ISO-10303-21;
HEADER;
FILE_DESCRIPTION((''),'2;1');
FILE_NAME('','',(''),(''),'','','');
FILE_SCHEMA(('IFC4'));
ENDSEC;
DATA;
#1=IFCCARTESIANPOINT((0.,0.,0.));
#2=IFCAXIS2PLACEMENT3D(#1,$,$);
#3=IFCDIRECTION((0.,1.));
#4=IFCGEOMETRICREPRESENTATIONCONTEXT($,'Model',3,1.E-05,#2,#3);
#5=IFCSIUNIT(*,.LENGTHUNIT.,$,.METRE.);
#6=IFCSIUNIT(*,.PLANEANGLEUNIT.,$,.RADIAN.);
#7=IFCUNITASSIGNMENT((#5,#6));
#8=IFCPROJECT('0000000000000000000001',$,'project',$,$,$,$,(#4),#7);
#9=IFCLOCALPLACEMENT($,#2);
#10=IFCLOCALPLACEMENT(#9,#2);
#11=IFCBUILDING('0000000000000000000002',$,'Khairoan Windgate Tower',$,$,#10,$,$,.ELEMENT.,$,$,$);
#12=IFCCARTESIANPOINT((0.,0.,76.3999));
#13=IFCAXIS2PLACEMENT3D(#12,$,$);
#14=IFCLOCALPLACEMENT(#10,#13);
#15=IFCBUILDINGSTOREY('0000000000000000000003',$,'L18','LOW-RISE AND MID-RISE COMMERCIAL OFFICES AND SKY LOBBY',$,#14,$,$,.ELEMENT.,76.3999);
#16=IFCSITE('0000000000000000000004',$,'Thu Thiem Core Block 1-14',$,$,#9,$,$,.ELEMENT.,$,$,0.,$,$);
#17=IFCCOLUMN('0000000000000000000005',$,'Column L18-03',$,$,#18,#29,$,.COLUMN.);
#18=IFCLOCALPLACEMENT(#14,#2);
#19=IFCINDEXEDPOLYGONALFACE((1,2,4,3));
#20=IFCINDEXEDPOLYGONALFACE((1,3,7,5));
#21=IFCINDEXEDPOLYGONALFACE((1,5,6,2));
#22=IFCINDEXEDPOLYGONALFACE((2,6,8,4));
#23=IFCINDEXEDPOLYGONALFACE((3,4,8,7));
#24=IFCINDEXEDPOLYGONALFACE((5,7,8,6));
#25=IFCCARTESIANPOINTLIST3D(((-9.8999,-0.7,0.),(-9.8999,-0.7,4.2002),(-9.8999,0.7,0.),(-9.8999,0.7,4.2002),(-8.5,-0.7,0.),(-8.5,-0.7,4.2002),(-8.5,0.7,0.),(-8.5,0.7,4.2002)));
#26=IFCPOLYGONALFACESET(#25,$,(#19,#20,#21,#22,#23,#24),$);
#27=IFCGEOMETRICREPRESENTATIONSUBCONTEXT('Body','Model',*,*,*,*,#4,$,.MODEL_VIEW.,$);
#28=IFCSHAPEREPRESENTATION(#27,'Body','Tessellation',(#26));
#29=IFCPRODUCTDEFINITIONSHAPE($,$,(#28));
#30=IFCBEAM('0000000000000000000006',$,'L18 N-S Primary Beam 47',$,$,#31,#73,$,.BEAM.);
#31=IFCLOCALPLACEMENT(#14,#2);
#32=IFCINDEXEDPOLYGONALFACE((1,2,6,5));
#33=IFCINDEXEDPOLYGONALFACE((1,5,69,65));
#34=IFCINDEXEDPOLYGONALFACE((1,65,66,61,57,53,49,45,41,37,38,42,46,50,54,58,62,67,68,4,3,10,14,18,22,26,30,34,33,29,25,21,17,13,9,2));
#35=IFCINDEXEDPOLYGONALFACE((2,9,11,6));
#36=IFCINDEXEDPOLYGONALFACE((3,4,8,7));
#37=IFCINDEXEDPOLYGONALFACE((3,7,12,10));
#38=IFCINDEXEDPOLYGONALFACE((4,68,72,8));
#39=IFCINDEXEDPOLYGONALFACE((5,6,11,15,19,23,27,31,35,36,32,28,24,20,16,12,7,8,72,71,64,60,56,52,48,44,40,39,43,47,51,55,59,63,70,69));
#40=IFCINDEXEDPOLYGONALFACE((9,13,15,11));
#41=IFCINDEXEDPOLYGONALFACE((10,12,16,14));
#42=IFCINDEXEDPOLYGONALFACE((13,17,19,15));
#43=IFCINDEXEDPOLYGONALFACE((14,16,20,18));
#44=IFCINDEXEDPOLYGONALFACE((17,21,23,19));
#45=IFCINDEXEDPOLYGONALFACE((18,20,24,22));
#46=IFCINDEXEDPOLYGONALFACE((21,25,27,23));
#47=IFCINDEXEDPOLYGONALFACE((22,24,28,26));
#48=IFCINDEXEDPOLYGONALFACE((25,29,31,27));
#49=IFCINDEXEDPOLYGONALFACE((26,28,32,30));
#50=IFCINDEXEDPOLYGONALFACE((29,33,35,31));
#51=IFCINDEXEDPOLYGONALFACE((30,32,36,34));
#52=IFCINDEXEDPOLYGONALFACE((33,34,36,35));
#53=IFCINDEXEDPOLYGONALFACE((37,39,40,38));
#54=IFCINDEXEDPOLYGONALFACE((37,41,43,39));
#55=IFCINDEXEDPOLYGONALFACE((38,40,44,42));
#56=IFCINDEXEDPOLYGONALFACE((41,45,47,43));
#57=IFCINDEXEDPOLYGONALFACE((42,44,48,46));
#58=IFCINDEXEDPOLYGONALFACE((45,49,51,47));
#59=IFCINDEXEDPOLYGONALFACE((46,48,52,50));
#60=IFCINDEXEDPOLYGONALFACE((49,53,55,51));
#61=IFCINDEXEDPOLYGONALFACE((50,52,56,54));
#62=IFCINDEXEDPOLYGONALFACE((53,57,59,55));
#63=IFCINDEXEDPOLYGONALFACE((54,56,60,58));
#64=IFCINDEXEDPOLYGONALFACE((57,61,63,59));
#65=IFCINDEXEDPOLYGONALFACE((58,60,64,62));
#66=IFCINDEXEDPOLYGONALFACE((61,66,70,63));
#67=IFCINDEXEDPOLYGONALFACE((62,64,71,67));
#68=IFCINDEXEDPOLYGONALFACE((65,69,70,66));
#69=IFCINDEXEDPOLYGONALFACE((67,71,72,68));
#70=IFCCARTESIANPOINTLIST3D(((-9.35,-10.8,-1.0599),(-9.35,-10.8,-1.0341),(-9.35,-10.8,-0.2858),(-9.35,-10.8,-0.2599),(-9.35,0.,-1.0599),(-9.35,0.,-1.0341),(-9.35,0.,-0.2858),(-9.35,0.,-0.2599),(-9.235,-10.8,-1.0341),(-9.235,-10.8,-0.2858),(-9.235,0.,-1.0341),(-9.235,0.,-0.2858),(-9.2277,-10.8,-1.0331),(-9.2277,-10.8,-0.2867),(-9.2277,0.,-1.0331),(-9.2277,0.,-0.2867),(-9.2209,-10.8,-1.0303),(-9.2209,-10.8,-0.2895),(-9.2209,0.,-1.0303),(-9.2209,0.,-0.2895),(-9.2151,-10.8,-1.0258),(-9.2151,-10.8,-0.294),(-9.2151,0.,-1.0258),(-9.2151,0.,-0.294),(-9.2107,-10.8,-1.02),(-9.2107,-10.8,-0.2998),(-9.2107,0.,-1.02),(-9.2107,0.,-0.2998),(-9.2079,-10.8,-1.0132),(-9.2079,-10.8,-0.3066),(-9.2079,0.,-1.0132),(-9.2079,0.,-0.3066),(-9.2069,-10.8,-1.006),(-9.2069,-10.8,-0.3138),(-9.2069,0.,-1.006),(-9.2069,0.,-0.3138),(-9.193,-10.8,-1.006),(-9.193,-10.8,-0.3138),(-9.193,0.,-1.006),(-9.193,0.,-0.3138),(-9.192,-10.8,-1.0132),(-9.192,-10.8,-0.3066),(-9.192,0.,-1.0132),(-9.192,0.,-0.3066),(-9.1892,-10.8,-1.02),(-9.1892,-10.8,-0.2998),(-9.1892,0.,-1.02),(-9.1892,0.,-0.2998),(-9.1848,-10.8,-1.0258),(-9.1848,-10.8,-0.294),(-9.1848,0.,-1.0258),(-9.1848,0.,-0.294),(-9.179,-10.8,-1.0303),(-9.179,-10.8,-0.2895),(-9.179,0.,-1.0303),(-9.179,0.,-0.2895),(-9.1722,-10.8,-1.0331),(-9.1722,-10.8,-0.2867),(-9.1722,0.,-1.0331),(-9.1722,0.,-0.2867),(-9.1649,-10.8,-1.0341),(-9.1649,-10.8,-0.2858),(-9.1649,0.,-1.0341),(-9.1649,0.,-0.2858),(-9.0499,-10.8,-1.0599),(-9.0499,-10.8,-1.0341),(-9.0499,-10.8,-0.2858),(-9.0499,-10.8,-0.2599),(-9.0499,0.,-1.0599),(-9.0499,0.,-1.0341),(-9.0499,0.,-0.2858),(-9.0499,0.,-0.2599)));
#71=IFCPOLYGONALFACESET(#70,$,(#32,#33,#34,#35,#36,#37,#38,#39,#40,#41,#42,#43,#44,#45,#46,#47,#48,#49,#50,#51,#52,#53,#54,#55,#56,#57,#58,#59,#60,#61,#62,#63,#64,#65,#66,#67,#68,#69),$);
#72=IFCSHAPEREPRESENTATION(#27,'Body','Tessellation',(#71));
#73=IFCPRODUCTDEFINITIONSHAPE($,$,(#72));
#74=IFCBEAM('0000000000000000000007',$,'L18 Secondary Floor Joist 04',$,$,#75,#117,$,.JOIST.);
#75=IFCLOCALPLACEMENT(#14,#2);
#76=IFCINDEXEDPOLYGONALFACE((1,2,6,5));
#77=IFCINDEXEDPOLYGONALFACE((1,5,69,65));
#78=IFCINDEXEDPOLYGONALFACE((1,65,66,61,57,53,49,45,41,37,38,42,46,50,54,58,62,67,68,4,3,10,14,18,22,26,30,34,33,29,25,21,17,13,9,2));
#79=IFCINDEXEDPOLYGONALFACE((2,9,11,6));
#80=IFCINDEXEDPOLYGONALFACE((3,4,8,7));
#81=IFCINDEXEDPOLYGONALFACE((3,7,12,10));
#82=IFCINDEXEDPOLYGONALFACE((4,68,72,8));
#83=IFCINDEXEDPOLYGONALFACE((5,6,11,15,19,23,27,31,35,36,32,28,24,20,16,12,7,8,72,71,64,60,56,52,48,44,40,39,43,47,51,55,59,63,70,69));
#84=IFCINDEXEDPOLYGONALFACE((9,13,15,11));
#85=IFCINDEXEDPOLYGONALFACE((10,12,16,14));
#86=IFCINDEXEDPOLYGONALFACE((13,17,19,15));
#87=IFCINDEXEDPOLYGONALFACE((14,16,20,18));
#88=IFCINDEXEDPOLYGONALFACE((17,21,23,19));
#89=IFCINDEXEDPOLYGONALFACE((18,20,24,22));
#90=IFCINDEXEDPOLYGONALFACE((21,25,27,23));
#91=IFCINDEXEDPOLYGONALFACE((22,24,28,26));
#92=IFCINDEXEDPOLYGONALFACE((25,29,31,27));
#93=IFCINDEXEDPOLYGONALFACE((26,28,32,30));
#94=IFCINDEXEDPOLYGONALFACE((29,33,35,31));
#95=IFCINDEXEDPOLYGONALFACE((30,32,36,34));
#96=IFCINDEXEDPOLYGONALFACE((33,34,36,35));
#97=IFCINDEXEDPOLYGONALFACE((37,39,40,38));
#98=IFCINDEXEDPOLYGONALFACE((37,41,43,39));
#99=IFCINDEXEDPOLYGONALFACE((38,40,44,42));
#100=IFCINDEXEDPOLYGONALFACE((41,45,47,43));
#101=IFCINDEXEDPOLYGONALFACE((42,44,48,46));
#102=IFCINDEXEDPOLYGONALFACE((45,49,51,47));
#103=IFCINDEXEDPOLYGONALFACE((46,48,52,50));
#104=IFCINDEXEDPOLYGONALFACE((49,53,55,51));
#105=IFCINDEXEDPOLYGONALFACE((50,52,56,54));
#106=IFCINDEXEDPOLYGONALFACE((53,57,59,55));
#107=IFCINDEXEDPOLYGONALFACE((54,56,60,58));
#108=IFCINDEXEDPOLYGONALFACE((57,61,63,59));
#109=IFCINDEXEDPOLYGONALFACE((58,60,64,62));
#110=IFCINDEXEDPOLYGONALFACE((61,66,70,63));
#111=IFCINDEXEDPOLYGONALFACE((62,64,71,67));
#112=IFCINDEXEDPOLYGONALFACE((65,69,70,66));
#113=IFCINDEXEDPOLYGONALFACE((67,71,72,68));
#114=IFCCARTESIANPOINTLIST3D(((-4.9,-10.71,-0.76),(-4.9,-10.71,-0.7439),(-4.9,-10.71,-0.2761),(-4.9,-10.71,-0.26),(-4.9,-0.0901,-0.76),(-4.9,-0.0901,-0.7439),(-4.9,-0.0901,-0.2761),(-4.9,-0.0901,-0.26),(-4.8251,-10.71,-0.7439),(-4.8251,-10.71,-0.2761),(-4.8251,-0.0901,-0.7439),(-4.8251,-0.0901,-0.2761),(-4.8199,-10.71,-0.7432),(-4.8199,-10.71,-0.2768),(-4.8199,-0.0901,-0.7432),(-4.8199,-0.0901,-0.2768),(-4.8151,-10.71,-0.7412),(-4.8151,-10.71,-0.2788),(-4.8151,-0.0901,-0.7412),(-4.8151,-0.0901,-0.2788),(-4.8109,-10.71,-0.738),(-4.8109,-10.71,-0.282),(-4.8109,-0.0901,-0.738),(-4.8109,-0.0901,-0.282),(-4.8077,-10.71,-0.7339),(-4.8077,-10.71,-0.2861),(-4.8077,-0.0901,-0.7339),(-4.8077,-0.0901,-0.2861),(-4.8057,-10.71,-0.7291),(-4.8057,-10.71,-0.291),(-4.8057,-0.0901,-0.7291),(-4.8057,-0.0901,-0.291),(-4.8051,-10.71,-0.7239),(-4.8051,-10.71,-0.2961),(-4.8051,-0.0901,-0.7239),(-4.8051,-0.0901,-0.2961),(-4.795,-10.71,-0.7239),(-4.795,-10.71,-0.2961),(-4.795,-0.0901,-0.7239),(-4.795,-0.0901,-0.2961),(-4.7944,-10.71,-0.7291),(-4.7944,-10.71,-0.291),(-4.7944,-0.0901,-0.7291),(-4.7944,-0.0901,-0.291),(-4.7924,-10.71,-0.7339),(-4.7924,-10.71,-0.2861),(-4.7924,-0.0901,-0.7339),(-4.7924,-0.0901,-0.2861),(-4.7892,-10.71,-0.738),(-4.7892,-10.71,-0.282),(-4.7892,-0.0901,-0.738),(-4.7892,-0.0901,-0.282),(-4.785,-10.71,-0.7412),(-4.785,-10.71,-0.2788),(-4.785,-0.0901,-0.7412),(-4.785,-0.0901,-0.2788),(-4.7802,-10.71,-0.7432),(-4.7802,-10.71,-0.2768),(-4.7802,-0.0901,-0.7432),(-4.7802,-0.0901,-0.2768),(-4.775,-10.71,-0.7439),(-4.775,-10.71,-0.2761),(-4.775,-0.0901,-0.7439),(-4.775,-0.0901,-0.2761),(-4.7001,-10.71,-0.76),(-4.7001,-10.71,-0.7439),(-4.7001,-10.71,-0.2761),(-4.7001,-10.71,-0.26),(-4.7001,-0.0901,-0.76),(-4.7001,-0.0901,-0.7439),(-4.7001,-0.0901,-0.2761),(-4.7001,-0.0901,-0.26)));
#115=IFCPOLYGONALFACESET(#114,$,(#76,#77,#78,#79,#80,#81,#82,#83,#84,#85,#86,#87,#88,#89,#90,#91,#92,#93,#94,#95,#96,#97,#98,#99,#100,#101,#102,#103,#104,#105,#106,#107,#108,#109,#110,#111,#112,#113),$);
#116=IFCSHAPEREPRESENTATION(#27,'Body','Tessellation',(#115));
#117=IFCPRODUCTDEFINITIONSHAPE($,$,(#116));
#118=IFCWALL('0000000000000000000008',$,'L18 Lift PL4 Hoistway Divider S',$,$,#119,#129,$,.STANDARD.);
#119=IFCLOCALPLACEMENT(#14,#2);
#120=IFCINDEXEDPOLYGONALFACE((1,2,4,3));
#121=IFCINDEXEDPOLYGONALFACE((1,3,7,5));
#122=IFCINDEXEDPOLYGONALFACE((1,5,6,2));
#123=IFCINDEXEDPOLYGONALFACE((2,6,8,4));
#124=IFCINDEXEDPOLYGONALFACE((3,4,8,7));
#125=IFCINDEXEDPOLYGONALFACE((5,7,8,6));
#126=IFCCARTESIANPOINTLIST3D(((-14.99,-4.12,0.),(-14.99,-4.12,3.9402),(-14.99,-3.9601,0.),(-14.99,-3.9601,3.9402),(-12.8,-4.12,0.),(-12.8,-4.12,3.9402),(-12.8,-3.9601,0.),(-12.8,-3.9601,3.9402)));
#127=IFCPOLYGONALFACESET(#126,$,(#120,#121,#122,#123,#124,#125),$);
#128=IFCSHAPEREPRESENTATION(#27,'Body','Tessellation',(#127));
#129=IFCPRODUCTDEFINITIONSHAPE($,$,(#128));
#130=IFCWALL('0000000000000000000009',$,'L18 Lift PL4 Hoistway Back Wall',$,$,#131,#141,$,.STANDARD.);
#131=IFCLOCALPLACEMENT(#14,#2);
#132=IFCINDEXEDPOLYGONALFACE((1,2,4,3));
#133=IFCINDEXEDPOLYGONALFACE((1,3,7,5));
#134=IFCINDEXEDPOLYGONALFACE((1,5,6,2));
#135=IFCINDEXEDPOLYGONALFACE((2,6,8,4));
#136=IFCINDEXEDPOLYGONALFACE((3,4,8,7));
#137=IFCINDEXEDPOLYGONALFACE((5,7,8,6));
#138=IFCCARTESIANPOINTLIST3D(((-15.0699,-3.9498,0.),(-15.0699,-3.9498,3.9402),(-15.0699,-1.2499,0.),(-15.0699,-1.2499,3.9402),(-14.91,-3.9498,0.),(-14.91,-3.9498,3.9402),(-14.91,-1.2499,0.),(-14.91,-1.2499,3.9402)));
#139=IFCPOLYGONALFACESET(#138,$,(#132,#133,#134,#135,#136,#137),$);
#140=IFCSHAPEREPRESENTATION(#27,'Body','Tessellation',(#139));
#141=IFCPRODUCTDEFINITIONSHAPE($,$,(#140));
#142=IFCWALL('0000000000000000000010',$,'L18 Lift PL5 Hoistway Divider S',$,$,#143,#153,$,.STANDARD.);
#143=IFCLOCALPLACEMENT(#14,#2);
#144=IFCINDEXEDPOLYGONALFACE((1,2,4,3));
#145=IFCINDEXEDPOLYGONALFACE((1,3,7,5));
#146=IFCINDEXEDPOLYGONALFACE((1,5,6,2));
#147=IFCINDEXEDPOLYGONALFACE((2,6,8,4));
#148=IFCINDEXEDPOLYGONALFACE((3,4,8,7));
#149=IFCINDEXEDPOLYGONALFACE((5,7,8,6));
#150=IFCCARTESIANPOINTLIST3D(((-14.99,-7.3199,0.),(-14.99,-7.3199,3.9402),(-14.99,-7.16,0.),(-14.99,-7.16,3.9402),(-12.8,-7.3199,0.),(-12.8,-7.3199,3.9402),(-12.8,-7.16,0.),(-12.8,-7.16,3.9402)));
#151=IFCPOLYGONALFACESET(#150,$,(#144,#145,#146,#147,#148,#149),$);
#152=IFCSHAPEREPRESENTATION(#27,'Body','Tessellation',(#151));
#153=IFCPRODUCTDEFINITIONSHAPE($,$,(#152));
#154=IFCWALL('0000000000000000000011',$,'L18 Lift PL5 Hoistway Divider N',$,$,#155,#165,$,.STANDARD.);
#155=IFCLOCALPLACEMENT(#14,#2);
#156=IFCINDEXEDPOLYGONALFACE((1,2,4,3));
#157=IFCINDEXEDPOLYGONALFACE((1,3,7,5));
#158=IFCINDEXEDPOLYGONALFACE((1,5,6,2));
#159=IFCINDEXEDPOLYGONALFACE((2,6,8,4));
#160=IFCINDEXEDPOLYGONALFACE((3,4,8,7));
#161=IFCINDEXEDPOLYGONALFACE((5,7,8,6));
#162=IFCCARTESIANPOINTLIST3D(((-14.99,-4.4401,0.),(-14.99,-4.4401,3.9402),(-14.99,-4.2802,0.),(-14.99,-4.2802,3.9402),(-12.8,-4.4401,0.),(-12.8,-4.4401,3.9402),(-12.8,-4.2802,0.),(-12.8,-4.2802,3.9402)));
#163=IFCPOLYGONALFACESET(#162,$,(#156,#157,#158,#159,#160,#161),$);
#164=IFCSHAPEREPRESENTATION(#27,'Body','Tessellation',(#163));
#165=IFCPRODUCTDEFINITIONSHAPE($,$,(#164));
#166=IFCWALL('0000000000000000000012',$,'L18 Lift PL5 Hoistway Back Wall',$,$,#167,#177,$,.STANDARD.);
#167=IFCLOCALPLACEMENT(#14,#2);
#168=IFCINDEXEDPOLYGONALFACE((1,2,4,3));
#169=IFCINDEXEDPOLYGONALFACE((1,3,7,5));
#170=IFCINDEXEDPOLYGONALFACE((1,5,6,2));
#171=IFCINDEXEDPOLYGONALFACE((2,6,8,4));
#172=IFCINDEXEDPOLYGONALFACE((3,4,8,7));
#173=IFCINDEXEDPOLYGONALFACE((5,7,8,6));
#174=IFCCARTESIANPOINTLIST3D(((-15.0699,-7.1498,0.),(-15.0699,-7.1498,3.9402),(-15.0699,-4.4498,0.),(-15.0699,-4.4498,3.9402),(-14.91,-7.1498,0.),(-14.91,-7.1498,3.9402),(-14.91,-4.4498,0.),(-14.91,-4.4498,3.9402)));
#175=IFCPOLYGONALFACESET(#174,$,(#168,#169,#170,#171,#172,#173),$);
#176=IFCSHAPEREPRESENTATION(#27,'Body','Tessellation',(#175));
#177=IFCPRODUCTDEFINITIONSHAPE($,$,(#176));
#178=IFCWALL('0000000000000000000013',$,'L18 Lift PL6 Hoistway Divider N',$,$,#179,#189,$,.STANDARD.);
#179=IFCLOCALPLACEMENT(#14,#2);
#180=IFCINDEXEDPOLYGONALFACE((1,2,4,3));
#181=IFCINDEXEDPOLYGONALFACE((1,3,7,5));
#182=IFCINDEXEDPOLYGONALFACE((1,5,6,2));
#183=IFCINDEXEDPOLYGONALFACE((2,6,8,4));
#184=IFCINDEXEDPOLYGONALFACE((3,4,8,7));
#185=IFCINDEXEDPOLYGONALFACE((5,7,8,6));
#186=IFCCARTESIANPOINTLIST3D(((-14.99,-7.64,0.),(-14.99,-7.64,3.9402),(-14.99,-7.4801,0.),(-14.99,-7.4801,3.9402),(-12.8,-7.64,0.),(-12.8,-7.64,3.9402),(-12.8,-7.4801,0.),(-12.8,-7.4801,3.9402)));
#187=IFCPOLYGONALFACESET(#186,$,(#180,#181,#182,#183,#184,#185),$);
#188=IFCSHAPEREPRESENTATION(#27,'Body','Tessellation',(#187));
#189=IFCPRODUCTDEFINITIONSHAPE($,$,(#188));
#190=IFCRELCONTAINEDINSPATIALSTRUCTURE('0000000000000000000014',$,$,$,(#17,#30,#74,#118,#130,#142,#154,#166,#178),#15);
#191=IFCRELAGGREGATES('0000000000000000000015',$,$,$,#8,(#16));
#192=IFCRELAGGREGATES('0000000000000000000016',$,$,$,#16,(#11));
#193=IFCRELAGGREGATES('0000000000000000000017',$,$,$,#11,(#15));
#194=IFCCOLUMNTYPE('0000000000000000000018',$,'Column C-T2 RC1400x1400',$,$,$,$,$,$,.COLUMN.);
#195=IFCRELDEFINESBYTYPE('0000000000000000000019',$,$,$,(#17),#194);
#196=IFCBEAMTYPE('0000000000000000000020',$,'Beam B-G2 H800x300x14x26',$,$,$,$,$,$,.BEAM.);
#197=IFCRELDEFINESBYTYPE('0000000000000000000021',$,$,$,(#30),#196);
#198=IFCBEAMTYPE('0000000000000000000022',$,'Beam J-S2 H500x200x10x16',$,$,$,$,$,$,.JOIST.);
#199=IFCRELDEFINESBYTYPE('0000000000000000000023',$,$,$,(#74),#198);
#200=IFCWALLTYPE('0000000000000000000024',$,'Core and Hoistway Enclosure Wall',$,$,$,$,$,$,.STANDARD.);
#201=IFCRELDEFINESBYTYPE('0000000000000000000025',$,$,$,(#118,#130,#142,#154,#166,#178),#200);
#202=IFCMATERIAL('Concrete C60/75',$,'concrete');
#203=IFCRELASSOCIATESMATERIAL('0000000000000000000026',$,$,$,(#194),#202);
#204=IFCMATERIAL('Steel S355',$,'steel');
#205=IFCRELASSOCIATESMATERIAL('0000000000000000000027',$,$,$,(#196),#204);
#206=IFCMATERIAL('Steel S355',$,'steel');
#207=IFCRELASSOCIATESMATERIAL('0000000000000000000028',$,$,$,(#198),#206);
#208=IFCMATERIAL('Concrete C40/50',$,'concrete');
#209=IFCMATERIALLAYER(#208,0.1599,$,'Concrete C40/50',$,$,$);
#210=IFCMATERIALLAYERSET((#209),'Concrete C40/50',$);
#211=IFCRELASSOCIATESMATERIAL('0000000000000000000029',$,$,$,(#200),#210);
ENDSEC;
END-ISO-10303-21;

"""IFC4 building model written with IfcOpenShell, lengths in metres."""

from ifc_helpers import new_model, si_unit, direction, frame, frame_2d, origin, origin_2d, place, context, subcontext, project, spatial, rectangle, i_section, extrude, material, layer, layer_set, material_profile, profile_set, type_object, element, save


model = new_model("IFC4")

# Units and contexts
model_context = context("Model", 3, precision=1e-05, world=origin(), true_north=direction((0.0, 1.0)))
body_context = subcontext(model_context, "Body", "Model", "MODEL_VIEW")
ifc_project = project(units=[si_unit("LENGTHUNIT", "METRE"), si_unit("PLANEANGLEUNIT", "RADIAN")], contexts=[model_context])

# Site, building, storey
site_placement = place(None, origin())
site = spatial("IfcSite", under=ifc_project, at=site_placement, Name="Thu Thiem Core Block 1-14", CompositionType="ELEMENT", RefElevation=0.0)
building_placement = place(site_placement, origin())
building = spatial("IfcBuilding", under=site, at=building_placement, Name="Khairoan Windgate Tower", CompositionType="ELEMENT")
storey_placement = place(building_placement, frame((0.0, 0.0, 76.3999)))
storey = spatial("IfcBuildingStorey", under=building, at=storey_placement, Name="L18", Description="LOW-RISE AND MID-RISE COMMERCIAL OFFICES AND SKY LOBBY", CompositionType="ELEMENT", Elevation=76.3999)

# Column
ifc_material_1 = material(Name="Concrete C60/75", Category="concrete")
ifc_material_profile_1 = material_profile(ifc_material_1, rectangle(XDim=1.3999, YDim=1.3999, at=origin_2d()))
ifc_profile_set_1 = profile_set([ifc_material_profile_1], Name="Concrete C60/75")
column_type = type_object("IfcColumnType", Name="Column C-T2 RC1400x1400", PredefinedType="COLUMN", material=ifc_profile_set_1)
column_placement = place(storey_placement, frame((-9.2, 0.0, 0.0), z_axis=(0.0, 0.0, 1.0), x_axis=(1.0, 0.0, 0.0)))
element("IfcColumn", 1, at=column_placement, inside=storey, type_object=column_type, Name="Column L18-03", PredefinedType="COLUMN", context=body_context, shape_type="SweptSolid", body=[
    extrude(rectangle(XDim=1.3999, YDim=1.3999, at=origin_2d()), origin(), (0.0, 0.0, 1.0), 4.2002),
])

# Beams
ifc_material_2 = material(Name="Steel S355", Category="steel")
ifc_material_profile_2 = material_profile(ifc_material_2, i_section(OverallWidth=0.3, OverallDepth=0.8, WebThickness=0.0139, FlangeThickness=0.0259, FilletRadius=0.0281, at=origin_2d()))
ifc_profile_set_2 = profile_set([ifc_material_profile_2], Name="Steel S355")
beam_type_1 = type_object("IfcBeamType", Name="Beam B-G2 H800x300x14x26", PredefinedType="BEAM", material=ifc_profile_set_2)
beam_1_placement = place(storey_placement, frame((-9.2, -10.8, -0.6599), z_axis=(0.0, 1.0, 0.0), x_axis=(-1.0, 0.0, 0.0)))
element("IfcBeam", 2, at=beam_1_placement, inside=storey, type_object=beam_type_1, Name="L18 N-S Primary Beam 47", PredefinedType="BEAM", context=body_context, shape_type="SweptSolid", body=[
    extrude(i_section(OverallWidth=0.3, OverallDepth=0.8, WebThickness=0.0139, FlangeThickness=0.0259, FilletRadius=0.0281, at=origin_2d()), origin(), (0.0, 0.0, 1.0), 10.8),
])
ifc_material_3 = material(Name="Steel S355", Category="steel")
ifc_material_profile_3 = material_profile(ifc_material_3, i_section(OverallWidth=0.2, OverallDepth=0.5, WebThickness=0.01, FlangeThickness=0.0161, FilletRadius=0.02, at=origin_2d()))
ifc_profile_set_3 = profile_set([ifc_material_profile_3], Name="Steel S355")
beam_type_2 = type_object("IfcBeamType", Name="Beam J-S2 H500x200x10x16", PredefinedType="JOIST", material=ifc_profile_set_3)
beam_2_placement = place(storey_placement, frame((-4.8, -10.71, -0.51), z_axis=(0.0, 1.0, 0.0), x_axis=(-1.0, 0.0, 0.0)))
element("IfcBeam", 3, at=beam_2_placement, inside=storey, type_object=beam_type_2, Name="L18 Secondary Floor Joist 04", PredefinedType="JOIST", context=body_context, shape_type="SweptSolid", body=[
    extrude(i_section(OverallWidth=0.2, OverallDepth=0.5, WebThickness=0.01, FlangeThickness=0.0161, FilletRadius=0.02, at=origin_2d()), origin(), (0.0, 0.0, 1.0), 10.6199),
])

# Walls
ifc_material_4 = material(Name="Concrete C40/50", Category="concrete")
ifc_layer_1 = layer(ifc_material_4, 0.1599, Name="Concrete C40/50")
ifc_layer_set_1 = layer_set([ifc_layer_1], Name="Concrete C40/50")
wall_type_1 = type_object("IfcWallType", Name="Core and Hoistway Enclosure Wall", PredefinedType="STANDARD", material=ifc_layer_set_1)
wall_1_placement = place(storey_placement, frame((-14.99, -4.04, 0.0), z_axis=(0.0, 0.0, 1.0), x_axis=(1.0, 0.0, 0.0)))
element("IfcWall", 4, at=wall_1_placement, inside=storey, type_object=wall_type_1, Name="L18 Lift PL4 Hoistway Divider S", PredefinedType="STANDARD", context=body_context, shape_type="SweptSolid", body=[
    extrude(rectangle(XDim=2.1899, YDim=0.1599, at=frame_2d((1.095, 0.0))), origin(), (0.0, 0.0, 1.0), 3.9402),
])
wall_2_placement = place(storey_placement, frame((-14.99, -3.95, 0.0), z_axis=(0.0, 0.0, 1.0), x_axis=(0.0, 1.0, 0.0)))
element("IfcWall", 5, at=wall_2_placement, inside=storey, type_object=wall_type_1, Name="L18 Lift PL4 Hoistway Back Wall", PredefinedType="STANDARD", context=body_context, shape_type="SweptSolid", body=[
    extrude(rectangle(XDim=2.7, YDim=0.1599, at=frame_2d((1.3501, 0.0))), origin(), (0.0, 0.0, 1.0), 3.9402),
])
for number, where, z_axis, x_axis, name in (
    (6, (-14.99, -7.24, 0.0), (0.0, 0.0, 1.0), (1.0, 0.0, 0.0), "L18 Lift PL5 Hoistway Divider S"),
    (7, (-14.99, -4.3601, 0.0), (0.0, 0.0, 1.0), (1.0, 0.0, 0.0), "L18 Lift PL5 Hoistway Divider N"),
):
    element("IfcWall", number, at=place(storey_placement, frame(where, z_axis=z_axis, x_axis=x_axis)), inside=storey, type_object=wall_type_1, Name=name, PredefinedType="STANDARD", context=body_context, shape_type="SweptSolid", body=[
        extrude(rectangle(XDim=2.1899, YDim=0.1599, at=frame_2d((1.095, 0.0))), origin(), (0.0, 0.0, 1.0), 3.9402),
    ])
wall_3_placement = place(storey_placement, frame((-14.99, -7.1499, 0.0), z_axis=(0.0, 0.0, 1.0), x_axis=(0.0, 1.0, 0.0)))
element("IfcWall", 8, at=wall_3_placement, inside=storey, type_object=wall_type_1, Name="L18 Lift PL5 Hoistway Back Wall", PredefinedType="STANDARD", context=body_context, shape_type="SweptSolid", body=[
    extrude(rectangle(XDim=2.7, YDim=0.1599, at=frame_2d((1.3501, 0.0))), origin(), (0.0, 0.0, 1.0), 3.9402),
])
wall_4_placement = place(storey_placement, frame((-14.99, -7.5601, 0.0), z_axis=(0.0, 0.0, 1.0), x_axis=(1.0, 0.0, 0.0)))
element("IfcWall", 9, at=wall_4_placement, inside=storey, type_object=wall_type_1, Name="L18 Lift PL6 Hoistway Divider N", PredefinedType="STANDARD", context=body_context, shape_type="SweptSolid", body=[
    extrude(rectangle(XDim=2.1899, YDim=0.1599, at=frame_2d((1.095, 0.0))), origin(), (0.0, 0.0, 1.0), 3.9402),
])

save(model, "model.ifc")
